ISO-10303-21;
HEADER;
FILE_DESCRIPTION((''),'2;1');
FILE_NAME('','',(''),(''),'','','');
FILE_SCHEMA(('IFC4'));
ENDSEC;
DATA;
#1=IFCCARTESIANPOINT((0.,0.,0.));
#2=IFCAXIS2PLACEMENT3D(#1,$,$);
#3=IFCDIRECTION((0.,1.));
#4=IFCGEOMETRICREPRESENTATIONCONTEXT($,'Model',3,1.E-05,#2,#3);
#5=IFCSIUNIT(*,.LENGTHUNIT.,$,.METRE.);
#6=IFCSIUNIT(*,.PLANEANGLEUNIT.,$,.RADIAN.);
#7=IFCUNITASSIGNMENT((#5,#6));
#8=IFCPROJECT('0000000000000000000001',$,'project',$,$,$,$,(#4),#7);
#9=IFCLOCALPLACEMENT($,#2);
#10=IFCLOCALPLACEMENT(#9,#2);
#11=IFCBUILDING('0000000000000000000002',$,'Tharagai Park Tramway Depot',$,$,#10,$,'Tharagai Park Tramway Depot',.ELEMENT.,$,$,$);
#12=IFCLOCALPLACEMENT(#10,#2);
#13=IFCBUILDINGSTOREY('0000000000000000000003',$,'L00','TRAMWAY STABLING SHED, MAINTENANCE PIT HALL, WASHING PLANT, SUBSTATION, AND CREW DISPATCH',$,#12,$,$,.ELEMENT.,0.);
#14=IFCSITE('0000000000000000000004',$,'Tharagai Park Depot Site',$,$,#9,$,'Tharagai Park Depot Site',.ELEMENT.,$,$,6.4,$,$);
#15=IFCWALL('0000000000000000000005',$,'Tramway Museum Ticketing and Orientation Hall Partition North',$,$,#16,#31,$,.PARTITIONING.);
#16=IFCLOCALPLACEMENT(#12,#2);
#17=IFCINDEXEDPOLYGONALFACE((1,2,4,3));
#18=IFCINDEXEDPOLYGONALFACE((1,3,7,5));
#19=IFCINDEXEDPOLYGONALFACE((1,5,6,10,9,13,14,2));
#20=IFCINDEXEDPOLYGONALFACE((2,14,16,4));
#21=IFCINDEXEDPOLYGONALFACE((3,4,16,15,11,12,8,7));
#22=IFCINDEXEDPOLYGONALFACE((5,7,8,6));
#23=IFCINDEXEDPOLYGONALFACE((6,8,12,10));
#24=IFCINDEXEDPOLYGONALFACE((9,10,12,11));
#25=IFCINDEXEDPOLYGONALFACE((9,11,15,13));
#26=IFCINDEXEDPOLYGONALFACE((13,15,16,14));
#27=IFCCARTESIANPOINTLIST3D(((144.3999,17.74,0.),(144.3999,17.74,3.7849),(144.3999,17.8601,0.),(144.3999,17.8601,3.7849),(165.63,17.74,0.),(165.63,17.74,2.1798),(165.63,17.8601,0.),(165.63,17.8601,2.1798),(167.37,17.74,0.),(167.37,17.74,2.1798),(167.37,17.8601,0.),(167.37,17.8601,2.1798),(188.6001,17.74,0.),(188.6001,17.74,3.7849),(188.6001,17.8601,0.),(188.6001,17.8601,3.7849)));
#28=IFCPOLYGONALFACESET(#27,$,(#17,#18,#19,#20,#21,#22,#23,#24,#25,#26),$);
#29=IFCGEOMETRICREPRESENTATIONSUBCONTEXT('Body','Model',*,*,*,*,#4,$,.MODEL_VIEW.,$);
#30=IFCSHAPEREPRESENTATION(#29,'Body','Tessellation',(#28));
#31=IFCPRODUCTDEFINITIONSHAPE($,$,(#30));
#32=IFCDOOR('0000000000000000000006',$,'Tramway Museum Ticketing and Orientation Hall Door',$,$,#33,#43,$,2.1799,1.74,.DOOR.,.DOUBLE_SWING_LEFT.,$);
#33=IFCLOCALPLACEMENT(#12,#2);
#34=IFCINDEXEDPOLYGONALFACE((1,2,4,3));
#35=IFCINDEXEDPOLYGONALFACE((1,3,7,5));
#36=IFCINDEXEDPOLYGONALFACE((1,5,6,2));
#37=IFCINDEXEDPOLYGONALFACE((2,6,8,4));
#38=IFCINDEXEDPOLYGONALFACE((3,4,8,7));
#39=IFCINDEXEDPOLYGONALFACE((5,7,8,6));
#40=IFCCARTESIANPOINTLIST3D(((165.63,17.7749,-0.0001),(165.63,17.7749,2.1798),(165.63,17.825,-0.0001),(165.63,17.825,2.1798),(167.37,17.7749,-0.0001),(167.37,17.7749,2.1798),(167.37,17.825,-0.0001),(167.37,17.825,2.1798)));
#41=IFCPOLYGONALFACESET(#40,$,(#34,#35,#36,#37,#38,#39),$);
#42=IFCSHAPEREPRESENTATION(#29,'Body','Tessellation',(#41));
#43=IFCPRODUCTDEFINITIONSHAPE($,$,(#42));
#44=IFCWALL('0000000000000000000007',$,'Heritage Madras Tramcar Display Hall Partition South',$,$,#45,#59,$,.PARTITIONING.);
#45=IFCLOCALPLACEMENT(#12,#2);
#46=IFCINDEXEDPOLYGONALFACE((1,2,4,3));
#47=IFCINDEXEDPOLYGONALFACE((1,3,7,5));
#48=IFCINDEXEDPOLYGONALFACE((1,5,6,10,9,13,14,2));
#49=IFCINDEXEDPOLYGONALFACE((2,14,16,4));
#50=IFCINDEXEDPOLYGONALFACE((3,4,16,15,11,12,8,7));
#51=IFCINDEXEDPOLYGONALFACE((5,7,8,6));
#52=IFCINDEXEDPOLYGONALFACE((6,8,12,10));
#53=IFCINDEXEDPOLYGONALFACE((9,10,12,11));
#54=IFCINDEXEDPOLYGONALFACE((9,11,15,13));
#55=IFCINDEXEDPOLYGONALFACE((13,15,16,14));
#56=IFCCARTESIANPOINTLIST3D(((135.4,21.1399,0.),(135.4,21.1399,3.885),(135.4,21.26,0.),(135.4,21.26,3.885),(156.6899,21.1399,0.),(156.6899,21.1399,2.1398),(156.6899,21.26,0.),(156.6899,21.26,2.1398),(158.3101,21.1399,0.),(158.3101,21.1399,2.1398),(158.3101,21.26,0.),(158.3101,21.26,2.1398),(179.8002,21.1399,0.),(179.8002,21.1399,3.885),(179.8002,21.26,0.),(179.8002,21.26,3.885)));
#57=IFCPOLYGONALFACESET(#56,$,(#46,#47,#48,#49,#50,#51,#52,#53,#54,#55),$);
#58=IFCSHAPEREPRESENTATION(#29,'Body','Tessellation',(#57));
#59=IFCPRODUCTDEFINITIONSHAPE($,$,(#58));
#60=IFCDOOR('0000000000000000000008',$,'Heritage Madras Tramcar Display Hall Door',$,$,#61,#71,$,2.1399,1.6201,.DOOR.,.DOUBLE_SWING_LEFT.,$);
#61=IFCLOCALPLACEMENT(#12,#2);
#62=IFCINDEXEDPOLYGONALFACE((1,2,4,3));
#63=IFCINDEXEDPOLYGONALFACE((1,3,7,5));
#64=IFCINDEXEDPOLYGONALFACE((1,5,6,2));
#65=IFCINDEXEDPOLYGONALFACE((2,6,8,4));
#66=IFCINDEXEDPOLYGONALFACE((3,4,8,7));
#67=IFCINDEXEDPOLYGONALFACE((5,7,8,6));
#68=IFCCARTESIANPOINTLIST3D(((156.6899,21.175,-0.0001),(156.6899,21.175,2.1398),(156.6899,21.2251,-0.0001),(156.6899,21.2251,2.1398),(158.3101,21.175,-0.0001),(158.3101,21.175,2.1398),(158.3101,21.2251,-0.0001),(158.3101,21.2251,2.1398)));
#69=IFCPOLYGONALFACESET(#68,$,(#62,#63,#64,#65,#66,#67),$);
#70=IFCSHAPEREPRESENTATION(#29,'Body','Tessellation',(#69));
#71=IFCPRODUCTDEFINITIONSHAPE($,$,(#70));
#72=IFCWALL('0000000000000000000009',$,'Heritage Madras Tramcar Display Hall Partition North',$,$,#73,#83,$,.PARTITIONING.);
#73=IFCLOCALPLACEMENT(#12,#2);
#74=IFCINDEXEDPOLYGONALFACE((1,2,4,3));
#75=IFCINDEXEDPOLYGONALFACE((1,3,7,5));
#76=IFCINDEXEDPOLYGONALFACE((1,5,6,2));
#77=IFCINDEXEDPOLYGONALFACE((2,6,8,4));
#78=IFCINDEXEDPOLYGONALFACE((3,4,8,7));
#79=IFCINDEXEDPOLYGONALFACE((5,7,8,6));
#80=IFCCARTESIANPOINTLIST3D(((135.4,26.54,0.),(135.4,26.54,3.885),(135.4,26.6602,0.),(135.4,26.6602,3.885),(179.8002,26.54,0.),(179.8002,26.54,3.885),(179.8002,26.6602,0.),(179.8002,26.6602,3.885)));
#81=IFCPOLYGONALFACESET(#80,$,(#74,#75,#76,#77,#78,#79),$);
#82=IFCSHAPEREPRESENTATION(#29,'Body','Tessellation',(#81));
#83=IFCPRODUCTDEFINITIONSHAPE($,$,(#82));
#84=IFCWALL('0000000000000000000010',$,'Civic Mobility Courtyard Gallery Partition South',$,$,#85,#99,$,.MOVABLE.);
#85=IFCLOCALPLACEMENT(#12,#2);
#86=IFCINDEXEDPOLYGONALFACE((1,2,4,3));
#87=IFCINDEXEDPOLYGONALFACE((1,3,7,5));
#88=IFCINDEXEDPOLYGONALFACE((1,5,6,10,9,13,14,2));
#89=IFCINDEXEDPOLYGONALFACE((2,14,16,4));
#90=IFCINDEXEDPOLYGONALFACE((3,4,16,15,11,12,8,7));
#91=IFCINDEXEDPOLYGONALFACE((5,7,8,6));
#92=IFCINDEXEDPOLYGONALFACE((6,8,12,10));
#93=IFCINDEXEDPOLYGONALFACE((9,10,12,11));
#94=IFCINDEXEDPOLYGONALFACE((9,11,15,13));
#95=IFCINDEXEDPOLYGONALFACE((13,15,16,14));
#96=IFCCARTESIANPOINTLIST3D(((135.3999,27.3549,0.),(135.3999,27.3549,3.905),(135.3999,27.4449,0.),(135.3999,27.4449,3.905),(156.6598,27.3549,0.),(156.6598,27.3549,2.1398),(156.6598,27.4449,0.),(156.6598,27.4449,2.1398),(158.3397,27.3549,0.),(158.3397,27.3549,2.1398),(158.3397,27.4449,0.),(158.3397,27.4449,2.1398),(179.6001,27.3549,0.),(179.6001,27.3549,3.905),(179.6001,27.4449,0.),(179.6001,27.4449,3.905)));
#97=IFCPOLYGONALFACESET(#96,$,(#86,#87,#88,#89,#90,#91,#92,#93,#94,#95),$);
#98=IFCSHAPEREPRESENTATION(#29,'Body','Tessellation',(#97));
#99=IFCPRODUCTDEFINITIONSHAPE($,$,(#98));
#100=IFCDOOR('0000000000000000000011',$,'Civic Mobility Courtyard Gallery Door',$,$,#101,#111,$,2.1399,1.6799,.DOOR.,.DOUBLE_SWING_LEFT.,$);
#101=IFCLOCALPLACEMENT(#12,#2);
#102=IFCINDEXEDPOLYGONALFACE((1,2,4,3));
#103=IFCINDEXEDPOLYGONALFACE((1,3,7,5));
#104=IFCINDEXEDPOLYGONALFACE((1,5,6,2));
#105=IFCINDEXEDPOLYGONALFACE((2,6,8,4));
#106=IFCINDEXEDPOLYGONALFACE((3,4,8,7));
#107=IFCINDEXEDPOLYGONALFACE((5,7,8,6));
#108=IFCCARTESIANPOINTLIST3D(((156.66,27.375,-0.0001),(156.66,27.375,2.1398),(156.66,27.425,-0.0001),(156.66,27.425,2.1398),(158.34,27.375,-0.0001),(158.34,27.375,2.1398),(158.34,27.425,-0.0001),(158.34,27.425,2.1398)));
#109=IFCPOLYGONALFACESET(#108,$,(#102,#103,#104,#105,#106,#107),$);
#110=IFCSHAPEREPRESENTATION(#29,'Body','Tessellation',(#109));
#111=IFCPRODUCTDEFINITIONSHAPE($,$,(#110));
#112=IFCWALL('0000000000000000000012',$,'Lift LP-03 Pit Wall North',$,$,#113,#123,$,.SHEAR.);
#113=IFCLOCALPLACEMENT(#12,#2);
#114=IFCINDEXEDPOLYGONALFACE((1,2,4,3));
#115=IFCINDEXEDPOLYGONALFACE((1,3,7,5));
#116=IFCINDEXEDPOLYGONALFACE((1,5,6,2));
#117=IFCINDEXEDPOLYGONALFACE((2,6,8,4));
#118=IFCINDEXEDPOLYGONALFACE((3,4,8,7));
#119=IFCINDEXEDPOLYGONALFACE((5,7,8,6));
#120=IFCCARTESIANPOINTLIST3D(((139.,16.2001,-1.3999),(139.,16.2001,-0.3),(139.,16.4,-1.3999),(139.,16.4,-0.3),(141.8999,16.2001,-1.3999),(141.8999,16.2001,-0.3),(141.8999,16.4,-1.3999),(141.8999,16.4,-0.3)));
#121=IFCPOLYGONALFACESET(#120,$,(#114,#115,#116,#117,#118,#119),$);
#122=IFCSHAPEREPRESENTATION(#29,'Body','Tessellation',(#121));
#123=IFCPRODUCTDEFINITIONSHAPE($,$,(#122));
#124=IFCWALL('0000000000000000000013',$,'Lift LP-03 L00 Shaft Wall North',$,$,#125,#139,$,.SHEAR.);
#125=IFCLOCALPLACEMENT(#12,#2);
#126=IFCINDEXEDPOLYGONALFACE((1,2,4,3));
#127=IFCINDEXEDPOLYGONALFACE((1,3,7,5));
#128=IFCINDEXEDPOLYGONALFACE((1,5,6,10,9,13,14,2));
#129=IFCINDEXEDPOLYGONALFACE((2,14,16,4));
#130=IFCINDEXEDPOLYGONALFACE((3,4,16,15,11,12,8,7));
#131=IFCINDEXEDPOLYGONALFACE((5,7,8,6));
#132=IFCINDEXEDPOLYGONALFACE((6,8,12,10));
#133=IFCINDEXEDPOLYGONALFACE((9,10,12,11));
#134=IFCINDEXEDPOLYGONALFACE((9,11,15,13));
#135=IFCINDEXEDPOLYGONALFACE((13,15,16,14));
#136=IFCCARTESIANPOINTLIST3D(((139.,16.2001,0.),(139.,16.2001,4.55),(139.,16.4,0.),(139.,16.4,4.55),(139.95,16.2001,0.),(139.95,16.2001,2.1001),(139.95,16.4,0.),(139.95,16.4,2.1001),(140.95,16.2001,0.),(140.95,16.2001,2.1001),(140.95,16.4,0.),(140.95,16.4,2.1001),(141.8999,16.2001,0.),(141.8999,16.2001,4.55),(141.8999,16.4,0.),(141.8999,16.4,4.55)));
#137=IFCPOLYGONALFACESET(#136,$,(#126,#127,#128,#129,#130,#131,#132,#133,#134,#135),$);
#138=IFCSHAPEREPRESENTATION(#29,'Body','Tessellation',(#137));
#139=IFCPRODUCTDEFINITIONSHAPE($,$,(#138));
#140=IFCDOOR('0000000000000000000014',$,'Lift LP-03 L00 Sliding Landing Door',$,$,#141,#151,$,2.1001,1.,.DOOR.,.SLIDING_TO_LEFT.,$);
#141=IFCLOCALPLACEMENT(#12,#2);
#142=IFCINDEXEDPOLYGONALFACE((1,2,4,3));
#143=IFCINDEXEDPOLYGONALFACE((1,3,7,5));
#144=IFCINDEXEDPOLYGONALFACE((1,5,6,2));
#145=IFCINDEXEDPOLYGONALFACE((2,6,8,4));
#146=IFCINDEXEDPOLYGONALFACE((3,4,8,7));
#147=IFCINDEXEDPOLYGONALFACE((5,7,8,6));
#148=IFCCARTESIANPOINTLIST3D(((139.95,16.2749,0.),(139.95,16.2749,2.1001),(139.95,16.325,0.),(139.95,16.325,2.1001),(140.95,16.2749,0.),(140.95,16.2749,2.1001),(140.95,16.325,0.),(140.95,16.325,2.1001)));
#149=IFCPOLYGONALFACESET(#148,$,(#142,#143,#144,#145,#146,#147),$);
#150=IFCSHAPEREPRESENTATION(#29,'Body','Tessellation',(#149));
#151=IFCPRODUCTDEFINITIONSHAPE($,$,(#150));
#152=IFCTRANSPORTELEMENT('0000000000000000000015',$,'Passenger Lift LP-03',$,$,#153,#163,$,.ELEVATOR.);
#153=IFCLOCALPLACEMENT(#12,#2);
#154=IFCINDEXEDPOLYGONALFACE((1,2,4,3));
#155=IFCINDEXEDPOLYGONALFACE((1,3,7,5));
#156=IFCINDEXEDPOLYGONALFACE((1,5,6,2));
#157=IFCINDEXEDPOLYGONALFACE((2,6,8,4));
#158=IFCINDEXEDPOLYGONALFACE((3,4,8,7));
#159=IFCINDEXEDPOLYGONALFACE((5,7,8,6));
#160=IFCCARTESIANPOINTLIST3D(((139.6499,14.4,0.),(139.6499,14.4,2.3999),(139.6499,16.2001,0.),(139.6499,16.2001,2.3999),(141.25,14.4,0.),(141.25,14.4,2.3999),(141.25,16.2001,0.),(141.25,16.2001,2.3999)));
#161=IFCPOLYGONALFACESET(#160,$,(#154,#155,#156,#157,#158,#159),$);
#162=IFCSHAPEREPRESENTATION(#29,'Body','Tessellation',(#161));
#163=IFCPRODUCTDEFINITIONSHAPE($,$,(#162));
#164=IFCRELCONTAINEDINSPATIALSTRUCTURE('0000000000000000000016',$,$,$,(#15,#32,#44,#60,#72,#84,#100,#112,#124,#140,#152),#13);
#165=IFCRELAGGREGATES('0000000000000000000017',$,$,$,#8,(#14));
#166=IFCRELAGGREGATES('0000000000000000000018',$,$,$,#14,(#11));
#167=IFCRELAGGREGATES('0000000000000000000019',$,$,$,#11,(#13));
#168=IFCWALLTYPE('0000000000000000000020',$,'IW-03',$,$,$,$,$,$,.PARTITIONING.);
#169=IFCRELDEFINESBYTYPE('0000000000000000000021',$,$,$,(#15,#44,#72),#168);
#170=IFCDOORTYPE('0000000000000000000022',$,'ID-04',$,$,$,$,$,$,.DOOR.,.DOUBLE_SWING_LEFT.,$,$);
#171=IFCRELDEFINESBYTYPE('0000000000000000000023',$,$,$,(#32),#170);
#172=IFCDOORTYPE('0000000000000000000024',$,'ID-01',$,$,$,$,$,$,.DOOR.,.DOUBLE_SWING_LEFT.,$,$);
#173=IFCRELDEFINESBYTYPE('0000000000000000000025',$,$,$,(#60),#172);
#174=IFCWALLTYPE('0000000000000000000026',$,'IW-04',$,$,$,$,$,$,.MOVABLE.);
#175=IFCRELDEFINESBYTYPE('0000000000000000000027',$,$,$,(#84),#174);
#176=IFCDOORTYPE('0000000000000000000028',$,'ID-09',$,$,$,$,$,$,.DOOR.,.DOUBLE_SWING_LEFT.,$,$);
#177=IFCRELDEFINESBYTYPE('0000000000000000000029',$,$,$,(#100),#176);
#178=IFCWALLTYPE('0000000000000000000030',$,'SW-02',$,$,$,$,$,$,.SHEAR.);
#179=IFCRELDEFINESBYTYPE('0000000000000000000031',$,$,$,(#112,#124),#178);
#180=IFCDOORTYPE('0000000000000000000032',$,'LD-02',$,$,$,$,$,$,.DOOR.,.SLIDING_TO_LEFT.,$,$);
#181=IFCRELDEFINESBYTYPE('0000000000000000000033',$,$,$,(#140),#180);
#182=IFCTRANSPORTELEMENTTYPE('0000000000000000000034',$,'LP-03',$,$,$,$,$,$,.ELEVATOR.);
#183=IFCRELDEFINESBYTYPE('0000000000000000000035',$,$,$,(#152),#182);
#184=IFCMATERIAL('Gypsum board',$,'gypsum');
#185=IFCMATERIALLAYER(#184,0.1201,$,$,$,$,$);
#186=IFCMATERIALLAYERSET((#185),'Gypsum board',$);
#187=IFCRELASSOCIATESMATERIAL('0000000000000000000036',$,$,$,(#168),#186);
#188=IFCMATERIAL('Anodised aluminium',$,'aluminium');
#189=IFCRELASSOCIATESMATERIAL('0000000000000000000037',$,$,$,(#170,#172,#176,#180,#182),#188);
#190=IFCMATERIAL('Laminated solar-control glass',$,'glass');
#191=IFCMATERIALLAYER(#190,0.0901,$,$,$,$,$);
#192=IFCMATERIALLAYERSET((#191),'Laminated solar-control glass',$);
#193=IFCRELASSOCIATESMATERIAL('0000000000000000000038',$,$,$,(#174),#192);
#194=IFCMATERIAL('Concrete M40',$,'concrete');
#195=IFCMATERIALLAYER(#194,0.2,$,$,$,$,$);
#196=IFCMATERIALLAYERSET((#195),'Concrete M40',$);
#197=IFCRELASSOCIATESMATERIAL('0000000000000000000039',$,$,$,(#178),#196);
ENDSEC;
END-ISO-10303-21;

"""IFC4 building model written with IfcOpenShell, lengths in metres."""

from ifc_helpers import new_model, si_unit, direction, frame, frame_2d, origin, origin_2d, place, context, subcontext, project, spatial, rectangle, extrude, material, layer, layer_set, type_object, element, fill, save


model = new_model("IFC4")

# Units and contexts
model_context = context("Model", 3, precision=1e-05, world=origin(), true_north=direction((0.0, 1.0)))
body_context = subcontext(model_context, "Body", "Model", "MODEL_VIEW")
ifc_project = project(units=[si_unit("LENGTHUNIT", "METRE"), si_unit("PLANEANGLEUNIT", "RADIAN")], contexts=[model_context])

# Site, building, storey
site_placement = place(None, origin())
site = spatial("IfcSite", under=ifc_project, at=site_placement, Name="Tharagai Park Depot Site", LongName="Tharagai Park Depot Site", CompositionType="ELEMENT", RefElevation=6.4)
building_placement = place(site_placement, origin())
building = spatial("IfcBuilding", under=site, at=building_placement, Name="Tharagai Park Tramway Depot", LongName="Tharagai Park Tramway Depot", CompositionType="ELEMENT")
storey_placement = place(building_placement, origin())
storey = spatial("IfcBuildingStorey", under=building, at=storey_placement, Name="L00", Description="TRAMWAY STABLING SHED, MAINTENANCE PIT HALL, WASHING PLANT, SUBSTATION, AND CREW DISPATCH", CompositionType="ELEMENT", Elevation=0.0)

# Shared definitions
ifc_material_1 = material(Name="Concrete M40", Category="concrete")

# Walls, openings, doors
ifc_material_2 = material(Name="Gypsum board", Category="gypsum")
ifc_layer_1 = layer(ifc_material_2, 0.1201)
ifc_layer_set_1 = layer_set([ifc_layer_1], Name="Gypsum board")
wall_type_1 = type_object("IfcWallType", Name="IW-03", PredefinedType="PARTITIONING", material=ifc_layer_set_1)
wall_1_placement = place(storey_placement, frame((144.3999, 17.8, 0.0), z_axis=(0.0, 0.0, 1.0), x_axis=(1.0, 0.0, 0.0)))
wall_1 = element("IfcWall", 1, at=wall_1_placement, inside=storey, type_object=wall_type_1, Name="Tramway Museum Ticketing and Orientation Hall Partition North", PredefinedType="PARTITIONING", context=body_context, shape_type="SweptSolid", body=[
    extrude(rectangle(XDim=44.2002, YDim=0.1201, at=frame_2d((22.1001, 0.0))), origin(), (0.0, 0.0, 1.0), 3.7849),
])
opening_1_placement = place(wall_1_placement, frame((21.23, 0.0, 0.0)))
opening_1 = element("IfcOpeningElement", 2, at=opening_1_placement, cuts=wall_1, PredefinedType="OPENING", context=body_context, shape_type="SweptSolid", body=[
    extrude(rectangle(XDim=1.74, YDim=2.1799, at=frame_2d((0.8701, 1.0898))), frame((0.0, 0.0701, 0.0), z_axis=(0.0, -1.0, 0.0), x_axis=(1.0, 0.0, 0.0)), (0.0, 0.0, 1.0), 0.1401),
])
ifc_material_3 = material(Name="Anodised aluminium", Category="aluminium")
door_type_1 = type_object("IfcDoorType", Name="ID-04", OperationType="DOUBLE_SWING_LEFT", PredefinedType="DOOR", material=ifc_material_3)
door_1_placement = place(opening_1_placement, origin())
door_1 = element("IfcDoor", 3, at=door_1_placement, inside=storey, type_object=door_type_1, Name="Tramway Museum Ticketing and Orientation Hall Door", OperationType="DOUBLE_SWING_LEFT", OverallHeight=2.1799, OverallWidth=1.74, PredefinedType="DOOR", context=body_context, shape_type="SweptSolid", body=[
    extrude(rectangle(XDim=1.74, YDim=2.1799, at=frame_2d((0.8701, 1.0898))), frame((0.0, 0.0249, 0.0), z_axis=(0.0, -1.0, 0.0), x_axis=(1.0, 0.0, 0.0)), (0.0, 0.0, 1.0), 0.05),
])
fill(opening_1, door_1)
wall_2_placement = place(storey_placement, frame((135.3999, 21.2, 0.0), z_axis=(0.0, 0.0, 1.0), x_axis=(1.0, 0.0, 0.0)))
wall_2 = element("IfcWall", 4, at=wall_2_placement, inside=storey, type_object=wall_type_1, Name="Heritage Madras Tramcar Display Hall Partition South", PredefinedType="PARTITIONING", context=body_context, shape_type="SweptSolid", body=[
    extrude(rectangle(XDim=44.4001, YDim=0.1201, at=frame_2d((22.2002, 0.0))), origin(), (0.0, 0.0, 1.0), 3.885),
])
opening_2_placement = place(wall_2_placement, frame((21.29, 0.0, 0.0)))
opening_2 = element("IfcOpeningElement", 5, at=opening_2_placement, cuts=wall_2, PredefinedType="OPENING", context=body_context, shape_type="SweptSolid", body=[
    extrude(rectangle(XDim=1.6201, YDim=2.1399, at=frame_2d((0.8101, 1.0698))), frame((0.0, 0.0701, 0.0), z_axis=(0.0, -1.0, 0.0), x_axis=(1.0, 0.0, 0.0)), (0.0, 0.0, 1.0), 0.1401),
])
door_type_2 = type_object("IfcDoorType", Name="ID-01", OperationType="DOUBLE_SWING_LEFT", PredefinedType="DOOR", material=ifc_material_3)
door_2_placement = place(opening_2_placement, frame((1.6201, 0.0, 0.0), z_axis=(0.0, 0.0, 1.0), x_axis=(-1.0, 0.0, 0.0)))
door_2 = element("IfcDoor", 6, at=door_2_placement, inside=storey, type_object=door_type_2, Name="Heritage Madras Tramcar Display Hall Door", OperationType="DOUBLE_SWING_LEFT", OverallHeight=2.1399, OverallWidth=1.6201, PredefinedType="DOOR", context=body_context, shape_type="SweptSolid", body=[
    extrude(rectangle(XDim=1.6201, YDim=2.1399, at=frame_2d((0.8101, 1.0698))), frame((0.0, 0.0249, 0.0), z_axis=(0.0, -1.0, 0.0), x_axis=(1.0, 0.0, 0.0)), (0.0, 0.0, 1.0), 0.05),
])
fill(opening_2, door_2)

# Wall
wall_3_placement = place(storey_placement, frame((135.3999, 26.6001, 0.0), z_axis=(0.0, 0.0, 1.0), x_axis=(1.0, 0.0, 0.0)))
element("IfcWall", 7, at=wall_3_placement, inside=storey, type_object=wall_type_1, Name="Heritage Madras Tramcar Display Hall Partition North", PredefinedType="PARTITIONING", context=body_context, shape_type="SweptSolid", body=[
    extrude(rectangle(XDim=44.4001, YDim=0.1201, at=frame_2d((22.2002, 0.0))), origin(), (0.0, 0.0, 1.0), 3.885),
])

# Wall, opening, door
ifc_material_4 = material(Name="Laminated solar-control glass", Category="glass")
ifc_layer_2 = layer(ifc_material_4, 0.0901)
ifc_layer_set_2 = layer_set([ifc_layer_2], Name="Laminated solar-control glass")
wall_type_2 = type_object("IfcWallType", Name="IW-04", PredefinedType="MOVABLE", material=ifc_layer_set_2)
wall_4_placement = place(storey_placement, frame((135.3999, 27.3999, 0.0), z_axis=(0.0, 0.0, 1.0), x_axis=(1.0, 0.0, 0.0)))
wall_4 = element("IfcWall", 8, at=wall_4_placement, inside=storey, type_object=wall_type_2, Name="Civic Mobility Courtyard Gallery Partition South", PredefinedType="MOVABLE", context=body_context, shape_type="SweptSolid", body=[
    extrude(rectangle(XDim=44.2002, YDim=0.0901, at=frame_2d((22.1001, 0.0))), origin(), (0.0, 0.0, 1.0), 3.905),
])
opening_3_placement = place(wall_4_placement, frame((21.26, 0.0, 0.0)))
opening_3 = element("IfcOpeningElement", 9, at=opening_3_placement, cuts=wall_4, PredefinedType="OPENING", context=body_context, shape_type="SweptSolid", body=[
    extrude(rectangle(XDim=1.6799, YDim=2.1399, at=frame_2d((0.8398, 1.0698))), frame((0.0, 0.0549, 0.0), z_axis=(0.0, -1.0, 0.0), x_axis=(1.0, 0.0, 0.0)), (0.0, 0.0, 1.0), 0.1101),
])
door_type_3 = type_object("IfcDoorType", Name="ID-09", OperationType="DOUBLE_SWING_LEFT", PredefinedType="DOOR", material=ifc_material_3)
door_3_placement = place(opening_3_placement, frame((1.6799, 0.0, 0.0), z_axis=(0.0, 0.0, 1.0), x_axis=(-1.0, 0.0, 0.0)))
door_3 = element("IfcDoor", 10, at=door_3_placement, inside=storey, type_object=door_type_3, Name="Civic Mobility Courtyard Gallery Door", OperationType="DOUBLE_SWING_LEFT", OverallHeight=2.1399, OverallWidth=1.6799, PredefinedType="DOOR", context=body_context, shape_type="SweptSolid", body=[
    extrude(rectangle(XDim=1.6799, YDim=2.1399, at=frame_2d((0.8398, 1.0698))), frame((0.0, 0.0249, 0.0), z_axis=(0.0, -1.0, 0.0), x_axis=(1.0, 0.0, 0.0)), (0.0, 0.0, 1.0), 0.05),
])
fill(opening_3, door_3)

# Wall
ifc_layer_3 = layer(ifc_material_1, 0.2)
ifc_layer_set_3 = layer_set([ifc_layer_3], Name="Concrete M40")
wall_type_3 = type_object("IfcWallType", Name="SW-02", PredefinedType="SHEAR", material=ifc_layer_set_3)
wall_5_placement = place(storey_placement, frame((139.0, 16.3, -1.3999), z_axis=(0.0, 0.0, 1.0), x_axis=(1.0, 0.0, 0.0)))
element("IfcWall", 11, at=wall_5_placement, inside=storey, type_object=wall_type_3, Name="Lift LP-03 Pit Wall North", PredefinedType="SHEAR", context=body_context, shape_type="SweptSolid", body=[
    extrude(rectangle(XDim=2.8999, YDim=0.2, at=frame_2d((1.45, 0.0))), origin(), (0.0, 0.0, 1.0), 1.0999),
])

# Wall, opening, door
wall_6_placement = place(storey_placement, frame((139.0, 16.3, 0.0), z_axis=(0.0, 0.0, 1.0), x_axis=(1.0, 0.0, 0.0)))
wall_6 = element("IfcWall", 12, at=wall_6_placement, inside=storey, type_object=wall_type_3, Name="Lift LP-03 L00 Shaft Wall North", PredefinedType="SHEAR", context=body_context, shape_type="SweptSolid", body=[
    extrude(rectangle(XDim=2.8999, YDim=0.2, at=frame_2d((1.45, 0.0))), origin(), (0.0, 0.0, 1.0), 4.55),
])
opening_4_placement = place(wall_6_placement, frame((0.95, 0.0, 0.0)))
opening_4 = element("IfcOpeningElement", 13, at=opening_4_placement, cuts=wall_6, PredefinedType="OPENING", context=body_context, shape_type="SweptSolid", body=[
    extrude(rectangle(XDim=1.0, YDim=2.1001, at=frame_2d((0.5, 1.05))), frame((0.0, 0.1099, 0.0), z_axis=(0.0, -1.0, 0.0), x_axis=(1.0, 0.0, 0.0)), (0.0, 0.0, 1.0), 0.22),
])
door_type_4 = type_object("IfcDoorType", Name="LD-02", OperationType="SLIDING_TO_LEFT", PredefinedType="DOOR", material=ifc_material_3)
door_4_placement = place(opening_4_placement, origin())
door_4 = element("IfcDoor", 14, at=door_4_placement, inside=storey, type_object=door_type_4, Name="Lift LP-03 L00 Sliding Landing Door", OperationType="SLIDING_TO_LEFT", OverallHeight=2.1001, OverallWidth=1.0, PredefinedType="DOOR", context=body_context, shape_type="SweptSolid", body=[
    extrude(rectangle(XDim=1.0, YDim=2.1001, at=frame_2d((0.5, 1.05))), frame((0.0, 0.0249, 0.0), z_axis=(0.0, -1.0, 0.0), x_axis=(1.0, 0.0, 0.0)), (0.0, 0.0, 1.0), 0.05),
])
fill(opening_4, door_4)

# Transport element
transport_element_type = type_object("IfcTransportElementType", Name="LP-03", PredefinedType="ELEVATOR", material=ifc_material_3)
transport_element_placement = place(storey_placement, frame((140.45, 15.3, 0.0), z_axis=(0.0, 0.0, 1.0), x_axis=(1.0, 0.0, 0.0)))
element("IfcTransportElement", 15, at=transport_element_placement, inside=storey, type_object=transport_element_type, Name="Passenger Lift LP-03", PredefinedType="ELEVATOR", context=body_context, shape_type="SweptSolid", body=[
    extrude(rectangle(XDim=1.6001, YDim=1.8, at=origin_2d()), origin(), (0.0, 0.0, 1.0), 2.3999),
])

save(model, "model.ifc")
